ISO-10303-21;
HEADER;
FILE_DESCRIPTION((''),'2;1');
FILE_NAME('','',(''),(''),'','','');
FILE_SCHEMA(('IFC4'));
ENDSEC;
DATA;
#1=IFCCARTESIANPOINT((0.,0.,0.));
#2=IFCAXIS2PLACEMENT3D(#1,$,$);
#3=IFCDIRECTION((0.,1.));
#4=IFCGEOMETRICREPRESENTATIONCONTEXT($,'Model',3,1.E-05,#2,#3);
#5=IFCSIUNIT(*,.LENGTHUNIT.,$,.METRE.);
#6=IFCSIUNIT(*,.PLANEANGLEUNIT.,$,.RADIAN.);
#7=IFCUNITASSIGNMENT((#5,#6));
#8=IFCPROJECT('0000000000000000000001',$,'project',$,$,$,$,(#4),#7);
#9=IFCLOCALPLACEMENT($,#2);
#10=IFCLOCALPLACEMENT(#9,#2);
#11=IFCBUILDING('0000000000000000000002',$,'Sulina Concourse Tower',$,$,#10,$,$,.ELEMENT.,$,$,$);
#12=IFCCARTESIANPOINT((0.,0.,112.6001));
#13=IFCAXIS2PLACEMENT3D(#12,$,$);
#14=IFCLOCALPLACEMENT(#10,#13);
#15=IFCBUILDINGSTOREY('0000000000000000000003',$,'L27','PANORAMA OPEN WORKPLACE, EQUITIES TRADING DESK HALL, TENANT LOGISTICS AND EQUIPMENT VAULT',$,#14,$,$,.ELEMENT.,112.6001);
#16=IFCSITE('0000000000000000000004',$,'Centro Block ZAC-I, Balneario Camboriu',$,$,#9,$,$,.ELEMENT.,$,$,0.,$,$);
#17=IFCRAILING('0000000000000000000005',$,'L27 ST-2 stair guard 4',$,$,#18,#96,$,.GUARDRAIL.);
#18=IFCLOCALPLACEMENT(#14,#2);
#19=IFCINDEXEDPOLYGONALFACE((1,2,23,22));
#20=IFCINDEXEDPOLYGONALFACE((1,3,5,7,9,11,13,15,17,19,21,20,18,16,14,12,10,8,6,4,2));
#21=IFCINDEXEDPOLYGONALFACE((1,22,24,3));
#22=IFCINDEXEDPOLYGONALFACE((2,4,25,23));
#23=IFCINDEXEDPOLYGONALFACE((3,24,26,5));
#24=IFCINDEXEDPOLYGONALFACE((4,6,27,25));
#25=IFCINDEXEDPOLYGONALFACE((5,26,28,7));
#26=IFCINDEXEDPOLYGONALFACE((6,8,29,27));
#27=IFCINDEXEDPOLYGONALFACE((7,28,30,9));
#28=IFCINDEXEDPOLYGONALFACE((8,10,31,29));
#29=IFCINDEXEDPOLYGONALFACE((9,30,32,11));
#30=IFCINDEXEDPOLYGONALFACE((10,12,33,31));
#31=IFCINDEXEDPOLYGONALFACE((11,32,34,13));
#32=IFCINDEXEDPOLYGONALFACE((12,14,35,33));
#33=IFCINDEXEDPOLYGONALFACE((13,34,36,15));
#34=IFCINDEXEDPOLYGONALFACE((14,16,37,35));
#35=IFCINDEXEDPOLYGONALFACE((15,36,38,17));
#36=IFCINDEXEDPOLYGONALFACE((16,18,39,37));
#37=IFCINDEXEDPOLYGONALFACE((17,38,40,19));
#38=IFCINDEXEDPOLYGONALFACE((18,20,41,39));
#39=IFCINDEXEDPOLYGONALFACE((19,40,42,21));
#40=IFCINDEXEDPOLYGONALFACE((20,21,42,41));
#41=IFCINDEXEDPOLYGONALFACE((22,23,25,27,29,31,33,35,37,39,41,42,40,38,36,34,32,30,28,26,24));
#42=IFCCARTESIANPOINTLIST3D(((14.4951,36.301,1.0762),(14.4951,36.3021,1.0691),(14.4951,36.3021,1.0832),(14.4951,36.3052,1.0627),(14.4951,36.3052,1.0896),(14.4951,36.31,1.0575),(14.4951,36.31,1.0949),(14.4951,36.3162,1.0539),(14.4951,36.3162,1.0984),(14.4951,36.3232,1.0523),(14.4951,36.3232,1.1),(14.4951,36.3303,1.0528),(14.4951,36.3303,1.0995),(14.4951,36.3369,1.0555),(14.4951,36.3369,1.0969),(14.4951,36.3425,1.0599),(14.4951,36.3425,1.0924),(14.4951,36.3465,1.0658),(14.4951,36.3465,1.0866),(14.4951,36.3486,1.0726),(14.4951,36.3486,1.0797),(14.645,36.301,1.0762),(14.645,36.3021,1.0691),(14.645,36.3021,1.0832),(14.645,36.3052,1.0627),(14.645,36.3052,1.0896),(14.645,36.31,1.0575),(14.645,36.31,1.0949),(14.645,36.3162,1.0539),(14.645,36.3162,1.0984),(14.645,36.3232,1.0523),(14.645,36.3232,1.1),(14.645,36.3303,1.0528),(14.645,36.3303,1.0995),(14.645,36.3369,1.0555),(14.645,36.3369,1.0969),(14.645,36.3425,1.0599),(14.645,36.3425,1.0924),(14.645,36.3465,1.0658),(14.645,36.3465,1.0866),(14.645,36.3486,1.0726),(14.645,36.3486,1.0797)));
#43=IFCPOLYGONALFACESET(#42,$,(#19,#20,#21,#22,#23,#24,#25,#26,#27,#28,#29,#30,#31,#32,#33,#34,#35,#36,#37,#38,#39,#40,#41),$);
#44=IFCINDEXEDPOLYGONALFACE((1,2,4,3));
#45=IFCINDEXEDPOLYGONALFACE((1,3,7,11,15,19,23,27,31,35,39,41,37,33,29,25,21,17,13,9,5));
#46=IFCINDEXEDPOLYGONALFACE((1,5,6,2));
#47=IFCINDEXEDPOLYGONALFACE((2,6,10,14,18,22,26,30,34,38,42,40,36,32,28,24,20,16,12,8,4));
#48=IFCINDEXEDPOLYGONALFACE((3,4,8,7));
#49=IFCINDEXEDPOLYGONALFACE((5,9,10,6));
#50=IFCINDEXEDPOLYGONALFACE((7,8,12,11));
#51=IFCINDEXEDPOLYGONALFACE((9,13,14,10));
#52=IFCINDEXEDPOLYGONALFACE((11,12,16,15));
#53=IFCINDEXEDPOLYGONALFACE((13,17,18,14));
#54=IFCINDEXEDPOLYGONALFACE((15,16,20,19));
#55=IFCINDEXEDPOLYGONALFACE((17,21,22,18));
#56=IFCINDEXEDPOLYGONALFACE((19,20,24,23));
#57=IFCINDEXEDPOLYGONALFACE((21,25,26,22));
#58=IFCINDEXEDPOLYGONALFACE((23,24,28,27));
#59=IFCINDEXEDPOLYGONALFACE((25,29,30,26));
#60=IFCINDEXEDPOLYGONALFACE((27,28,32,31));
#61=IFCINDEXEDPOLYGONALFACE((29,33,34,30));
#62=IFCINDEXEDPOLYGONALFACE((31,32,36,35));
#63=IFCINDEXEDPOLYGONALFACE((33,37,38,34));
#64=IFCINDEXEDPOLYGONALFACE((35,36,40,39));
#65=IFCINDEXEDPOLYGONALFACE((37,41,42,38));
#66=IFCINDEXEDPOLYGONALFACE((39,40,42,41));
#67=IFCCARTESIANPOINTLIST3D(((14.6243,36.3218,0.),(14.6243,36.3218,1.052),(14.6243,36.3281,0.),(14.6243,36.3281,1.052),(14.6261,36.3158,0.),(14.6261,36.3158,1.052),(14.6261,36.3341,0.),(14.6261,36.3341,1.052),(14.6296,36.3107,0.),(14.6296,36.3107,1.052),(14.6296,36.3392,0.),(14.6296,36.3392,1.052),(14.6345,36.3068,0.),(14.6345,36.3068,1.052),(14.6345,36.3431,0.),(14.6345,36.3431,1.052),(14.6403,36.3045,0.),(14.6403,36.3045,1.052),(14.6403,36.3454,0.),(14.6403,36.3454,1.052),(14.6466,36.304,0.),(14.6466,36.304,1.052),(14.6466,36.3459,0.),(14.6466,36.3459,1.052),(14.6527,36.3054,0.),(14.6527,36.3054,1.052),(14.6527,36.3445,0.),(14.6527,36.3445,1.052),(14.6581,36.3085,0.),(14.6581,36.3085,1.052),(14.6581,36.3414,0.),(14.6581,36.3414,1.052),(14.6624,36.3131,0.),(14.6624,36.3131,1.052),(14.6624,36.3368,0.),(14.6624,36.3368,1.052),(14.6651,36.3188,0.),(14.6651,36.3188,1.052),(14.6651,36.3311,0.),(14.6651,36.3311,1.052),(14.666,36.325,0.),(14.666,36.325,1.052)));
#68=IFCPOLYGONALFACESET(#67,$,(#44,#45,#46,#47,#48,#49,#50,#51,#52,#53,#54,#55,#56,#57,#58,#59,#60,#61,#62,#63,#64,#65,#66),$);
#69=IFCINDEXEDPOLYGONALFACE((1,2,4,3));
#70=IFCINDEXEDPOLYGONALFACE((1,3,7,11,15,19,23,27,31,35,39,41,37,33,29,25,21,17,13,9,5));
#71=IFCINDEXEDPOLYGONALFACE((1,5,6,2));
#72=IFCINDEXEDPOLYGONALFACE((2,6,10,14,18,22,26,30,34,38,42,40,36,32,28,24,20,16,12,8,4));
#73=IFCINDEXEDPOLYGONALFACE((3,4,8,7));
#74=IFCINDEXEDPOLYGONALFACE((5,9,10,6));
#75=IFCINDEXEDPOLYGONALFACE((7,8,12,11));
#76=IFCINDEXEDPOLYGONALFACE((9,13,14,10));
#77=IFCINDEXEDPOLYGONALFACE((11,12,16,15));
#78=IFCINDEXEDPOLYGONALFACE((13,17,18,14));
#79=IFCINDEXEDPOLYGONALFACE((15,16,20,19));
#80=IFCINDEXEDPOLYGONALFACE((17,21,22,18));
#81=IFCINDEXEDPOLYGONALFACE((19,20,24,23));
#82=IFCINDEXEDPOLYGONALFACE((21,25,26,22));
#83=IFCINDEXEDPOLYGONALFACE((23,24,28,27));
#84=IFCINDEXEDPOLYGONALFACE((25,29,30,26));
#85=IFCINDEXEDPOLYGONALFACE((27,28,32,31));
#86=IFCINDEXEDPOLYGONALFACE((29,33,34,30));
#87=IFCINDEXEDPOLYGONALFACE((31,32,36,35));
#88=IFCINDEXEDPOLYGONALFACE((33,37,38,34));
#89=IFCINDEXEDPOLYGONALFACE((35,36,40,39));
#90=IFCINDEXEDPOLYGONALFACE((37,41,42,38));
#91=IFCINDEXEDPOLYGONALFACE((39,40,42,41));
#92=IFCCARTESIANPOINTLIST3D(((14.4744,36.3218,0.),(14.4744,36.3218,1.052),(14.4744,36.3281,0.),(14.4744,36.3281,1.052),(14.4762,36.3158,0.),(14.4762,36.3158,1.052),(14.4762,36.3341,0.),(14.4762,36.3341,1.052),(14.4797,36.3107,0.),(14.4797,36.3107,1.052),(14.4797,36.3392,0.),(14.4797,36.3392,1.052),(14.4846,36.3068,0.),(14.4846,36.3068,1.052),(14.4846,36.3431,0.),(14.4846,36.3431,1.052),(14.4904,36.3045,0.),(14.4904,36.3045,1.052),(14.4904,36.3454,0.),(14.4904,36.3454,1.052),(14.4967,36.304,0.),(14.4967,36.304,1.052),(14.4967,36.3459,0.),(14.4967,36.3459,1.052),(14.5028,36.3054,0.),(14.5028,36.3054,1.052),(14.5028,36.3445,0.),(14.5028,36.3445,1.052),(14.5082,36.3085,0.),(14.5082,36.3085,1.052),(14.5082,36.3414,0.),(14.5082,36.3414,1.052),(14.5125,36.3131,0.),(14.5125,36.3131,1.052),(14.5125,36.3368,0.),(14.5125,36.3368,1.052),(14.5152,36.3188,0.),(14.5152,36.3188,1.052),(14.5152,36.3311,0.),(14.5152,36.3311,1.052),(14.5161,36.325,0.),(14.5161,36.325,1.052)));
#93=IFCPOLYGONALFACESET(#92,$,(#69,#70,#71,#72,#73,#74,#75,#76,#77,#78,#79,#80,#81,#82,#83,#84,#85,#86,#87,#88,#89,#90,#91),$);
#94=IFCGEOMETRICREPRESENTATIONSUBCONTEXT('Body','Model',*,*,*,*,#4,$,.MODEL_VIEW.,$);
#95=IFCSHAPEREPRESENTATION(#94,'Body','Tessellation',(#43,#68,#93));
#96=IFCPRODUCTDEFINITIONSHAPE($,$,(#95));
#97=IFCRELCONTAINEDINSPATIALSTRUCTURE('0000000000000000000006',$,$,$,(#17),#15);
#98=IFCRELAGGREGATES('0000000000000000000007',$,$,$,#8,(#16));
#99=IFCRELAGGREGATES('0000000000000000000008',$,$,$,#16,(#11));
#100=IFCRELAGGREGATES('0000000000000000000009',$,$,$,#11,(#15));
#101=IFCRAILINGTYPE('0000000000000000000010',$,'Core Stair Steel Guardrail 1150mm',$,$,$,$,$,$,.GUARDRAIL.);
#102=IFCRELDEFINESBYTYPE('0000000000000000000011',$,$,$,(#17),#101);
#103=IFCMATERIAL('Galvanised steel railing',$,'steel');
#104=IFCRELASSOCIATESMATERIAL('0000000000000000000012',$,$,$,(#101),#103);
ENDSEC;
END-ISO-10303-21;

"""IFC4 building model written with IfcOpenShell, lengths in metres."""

from ifc_helpers import new_model, si_unit, direction, frame, origin, origin_2d, place, context, subcontext, project, spatial, circle, extrude, material, type_object, element, save


model = new_model("IFC4")

# Units and contexts
model_context = context("Model", 3, precision=1e-05, world=origin(), true_north=direction((0.0, 1.0)))
body_context = subcontext(model_context, "Body", "Model", "MODEL_VIEW")
ifc_project = project(units=[si_unit("LENGTHUNIT", "METRE"), si_unit("PLANEANGLEUNIT", "RADIAN")], contexts=[model_context])

# Site, building, storey
site_placement = place(None, origin())
site = spatial("IfcSite", under=ifc_project, at=site_placement, Name="Centro Block ZAC-I, Balneario Camboriu", CompositionType="ELEMENT", RefElevation=0.0)
building_placement = place(site_placement, origin())
building = spatial("IfcBuilding", under=site, at=building_placement, Name="Sulina Concourse Tower", CompositionType="ELEMENT")
storey_placement = place(building_placement, frame((0.0, 0.0, 112.6001)))
storey = spatial("IfcBuildingStorey", under=building, at=storey_placement, Name="L27", Description="PANORAMA OPEN WORKPLACE, EQUITIES TRADING DESK HALL, TENANT LOGISTICS AND EQUIPMENT VAULT", CompositionType="ELEMENT", Elevation=112.6001)

# Railing
ifc_material_1 = material(Name="Galvanised steel railing", Category="steel")
railing_type_1 = type_object("IfcRailingType", Name="Core Stair Steel Guardrail 1150mm", PredefinedType="GUARDRAIL", material=ifc_material_1)
railing_1_placement = place(storey_placement, frame((14.645, 36.325, 0.0)))
element("IfcRailing", 1, at=railing_1_placement, inside=storey, type_object=railing_type_1, Name="L27 ST-2 stair guard 4", PredefinedType="GUARDRAIL", context=body_context, shape_type="SweptSolid", body=[
    extrude(circle(Radius=0.0239, at=origin_2d()), frame((0.0, 0.0, 1.0762), z_axis=(-1.0, 0.0, 0.0), x_axis=(0.0, -1.0, 0.0)), (0.0, 0.0, 1.0), 0.1499),
    extrude(circle(Radius=0.021, at=origin_2d()), origin(), (0.0, 0.0, 1.0), 1.052),
    extrude(circle(Radius=0.021, at=origin_2d()), frame((-0.1499, 0.0, 0.0)), (0.0, 0.0, 1.0), 1.052),
])

save(model, "model.ifc")
